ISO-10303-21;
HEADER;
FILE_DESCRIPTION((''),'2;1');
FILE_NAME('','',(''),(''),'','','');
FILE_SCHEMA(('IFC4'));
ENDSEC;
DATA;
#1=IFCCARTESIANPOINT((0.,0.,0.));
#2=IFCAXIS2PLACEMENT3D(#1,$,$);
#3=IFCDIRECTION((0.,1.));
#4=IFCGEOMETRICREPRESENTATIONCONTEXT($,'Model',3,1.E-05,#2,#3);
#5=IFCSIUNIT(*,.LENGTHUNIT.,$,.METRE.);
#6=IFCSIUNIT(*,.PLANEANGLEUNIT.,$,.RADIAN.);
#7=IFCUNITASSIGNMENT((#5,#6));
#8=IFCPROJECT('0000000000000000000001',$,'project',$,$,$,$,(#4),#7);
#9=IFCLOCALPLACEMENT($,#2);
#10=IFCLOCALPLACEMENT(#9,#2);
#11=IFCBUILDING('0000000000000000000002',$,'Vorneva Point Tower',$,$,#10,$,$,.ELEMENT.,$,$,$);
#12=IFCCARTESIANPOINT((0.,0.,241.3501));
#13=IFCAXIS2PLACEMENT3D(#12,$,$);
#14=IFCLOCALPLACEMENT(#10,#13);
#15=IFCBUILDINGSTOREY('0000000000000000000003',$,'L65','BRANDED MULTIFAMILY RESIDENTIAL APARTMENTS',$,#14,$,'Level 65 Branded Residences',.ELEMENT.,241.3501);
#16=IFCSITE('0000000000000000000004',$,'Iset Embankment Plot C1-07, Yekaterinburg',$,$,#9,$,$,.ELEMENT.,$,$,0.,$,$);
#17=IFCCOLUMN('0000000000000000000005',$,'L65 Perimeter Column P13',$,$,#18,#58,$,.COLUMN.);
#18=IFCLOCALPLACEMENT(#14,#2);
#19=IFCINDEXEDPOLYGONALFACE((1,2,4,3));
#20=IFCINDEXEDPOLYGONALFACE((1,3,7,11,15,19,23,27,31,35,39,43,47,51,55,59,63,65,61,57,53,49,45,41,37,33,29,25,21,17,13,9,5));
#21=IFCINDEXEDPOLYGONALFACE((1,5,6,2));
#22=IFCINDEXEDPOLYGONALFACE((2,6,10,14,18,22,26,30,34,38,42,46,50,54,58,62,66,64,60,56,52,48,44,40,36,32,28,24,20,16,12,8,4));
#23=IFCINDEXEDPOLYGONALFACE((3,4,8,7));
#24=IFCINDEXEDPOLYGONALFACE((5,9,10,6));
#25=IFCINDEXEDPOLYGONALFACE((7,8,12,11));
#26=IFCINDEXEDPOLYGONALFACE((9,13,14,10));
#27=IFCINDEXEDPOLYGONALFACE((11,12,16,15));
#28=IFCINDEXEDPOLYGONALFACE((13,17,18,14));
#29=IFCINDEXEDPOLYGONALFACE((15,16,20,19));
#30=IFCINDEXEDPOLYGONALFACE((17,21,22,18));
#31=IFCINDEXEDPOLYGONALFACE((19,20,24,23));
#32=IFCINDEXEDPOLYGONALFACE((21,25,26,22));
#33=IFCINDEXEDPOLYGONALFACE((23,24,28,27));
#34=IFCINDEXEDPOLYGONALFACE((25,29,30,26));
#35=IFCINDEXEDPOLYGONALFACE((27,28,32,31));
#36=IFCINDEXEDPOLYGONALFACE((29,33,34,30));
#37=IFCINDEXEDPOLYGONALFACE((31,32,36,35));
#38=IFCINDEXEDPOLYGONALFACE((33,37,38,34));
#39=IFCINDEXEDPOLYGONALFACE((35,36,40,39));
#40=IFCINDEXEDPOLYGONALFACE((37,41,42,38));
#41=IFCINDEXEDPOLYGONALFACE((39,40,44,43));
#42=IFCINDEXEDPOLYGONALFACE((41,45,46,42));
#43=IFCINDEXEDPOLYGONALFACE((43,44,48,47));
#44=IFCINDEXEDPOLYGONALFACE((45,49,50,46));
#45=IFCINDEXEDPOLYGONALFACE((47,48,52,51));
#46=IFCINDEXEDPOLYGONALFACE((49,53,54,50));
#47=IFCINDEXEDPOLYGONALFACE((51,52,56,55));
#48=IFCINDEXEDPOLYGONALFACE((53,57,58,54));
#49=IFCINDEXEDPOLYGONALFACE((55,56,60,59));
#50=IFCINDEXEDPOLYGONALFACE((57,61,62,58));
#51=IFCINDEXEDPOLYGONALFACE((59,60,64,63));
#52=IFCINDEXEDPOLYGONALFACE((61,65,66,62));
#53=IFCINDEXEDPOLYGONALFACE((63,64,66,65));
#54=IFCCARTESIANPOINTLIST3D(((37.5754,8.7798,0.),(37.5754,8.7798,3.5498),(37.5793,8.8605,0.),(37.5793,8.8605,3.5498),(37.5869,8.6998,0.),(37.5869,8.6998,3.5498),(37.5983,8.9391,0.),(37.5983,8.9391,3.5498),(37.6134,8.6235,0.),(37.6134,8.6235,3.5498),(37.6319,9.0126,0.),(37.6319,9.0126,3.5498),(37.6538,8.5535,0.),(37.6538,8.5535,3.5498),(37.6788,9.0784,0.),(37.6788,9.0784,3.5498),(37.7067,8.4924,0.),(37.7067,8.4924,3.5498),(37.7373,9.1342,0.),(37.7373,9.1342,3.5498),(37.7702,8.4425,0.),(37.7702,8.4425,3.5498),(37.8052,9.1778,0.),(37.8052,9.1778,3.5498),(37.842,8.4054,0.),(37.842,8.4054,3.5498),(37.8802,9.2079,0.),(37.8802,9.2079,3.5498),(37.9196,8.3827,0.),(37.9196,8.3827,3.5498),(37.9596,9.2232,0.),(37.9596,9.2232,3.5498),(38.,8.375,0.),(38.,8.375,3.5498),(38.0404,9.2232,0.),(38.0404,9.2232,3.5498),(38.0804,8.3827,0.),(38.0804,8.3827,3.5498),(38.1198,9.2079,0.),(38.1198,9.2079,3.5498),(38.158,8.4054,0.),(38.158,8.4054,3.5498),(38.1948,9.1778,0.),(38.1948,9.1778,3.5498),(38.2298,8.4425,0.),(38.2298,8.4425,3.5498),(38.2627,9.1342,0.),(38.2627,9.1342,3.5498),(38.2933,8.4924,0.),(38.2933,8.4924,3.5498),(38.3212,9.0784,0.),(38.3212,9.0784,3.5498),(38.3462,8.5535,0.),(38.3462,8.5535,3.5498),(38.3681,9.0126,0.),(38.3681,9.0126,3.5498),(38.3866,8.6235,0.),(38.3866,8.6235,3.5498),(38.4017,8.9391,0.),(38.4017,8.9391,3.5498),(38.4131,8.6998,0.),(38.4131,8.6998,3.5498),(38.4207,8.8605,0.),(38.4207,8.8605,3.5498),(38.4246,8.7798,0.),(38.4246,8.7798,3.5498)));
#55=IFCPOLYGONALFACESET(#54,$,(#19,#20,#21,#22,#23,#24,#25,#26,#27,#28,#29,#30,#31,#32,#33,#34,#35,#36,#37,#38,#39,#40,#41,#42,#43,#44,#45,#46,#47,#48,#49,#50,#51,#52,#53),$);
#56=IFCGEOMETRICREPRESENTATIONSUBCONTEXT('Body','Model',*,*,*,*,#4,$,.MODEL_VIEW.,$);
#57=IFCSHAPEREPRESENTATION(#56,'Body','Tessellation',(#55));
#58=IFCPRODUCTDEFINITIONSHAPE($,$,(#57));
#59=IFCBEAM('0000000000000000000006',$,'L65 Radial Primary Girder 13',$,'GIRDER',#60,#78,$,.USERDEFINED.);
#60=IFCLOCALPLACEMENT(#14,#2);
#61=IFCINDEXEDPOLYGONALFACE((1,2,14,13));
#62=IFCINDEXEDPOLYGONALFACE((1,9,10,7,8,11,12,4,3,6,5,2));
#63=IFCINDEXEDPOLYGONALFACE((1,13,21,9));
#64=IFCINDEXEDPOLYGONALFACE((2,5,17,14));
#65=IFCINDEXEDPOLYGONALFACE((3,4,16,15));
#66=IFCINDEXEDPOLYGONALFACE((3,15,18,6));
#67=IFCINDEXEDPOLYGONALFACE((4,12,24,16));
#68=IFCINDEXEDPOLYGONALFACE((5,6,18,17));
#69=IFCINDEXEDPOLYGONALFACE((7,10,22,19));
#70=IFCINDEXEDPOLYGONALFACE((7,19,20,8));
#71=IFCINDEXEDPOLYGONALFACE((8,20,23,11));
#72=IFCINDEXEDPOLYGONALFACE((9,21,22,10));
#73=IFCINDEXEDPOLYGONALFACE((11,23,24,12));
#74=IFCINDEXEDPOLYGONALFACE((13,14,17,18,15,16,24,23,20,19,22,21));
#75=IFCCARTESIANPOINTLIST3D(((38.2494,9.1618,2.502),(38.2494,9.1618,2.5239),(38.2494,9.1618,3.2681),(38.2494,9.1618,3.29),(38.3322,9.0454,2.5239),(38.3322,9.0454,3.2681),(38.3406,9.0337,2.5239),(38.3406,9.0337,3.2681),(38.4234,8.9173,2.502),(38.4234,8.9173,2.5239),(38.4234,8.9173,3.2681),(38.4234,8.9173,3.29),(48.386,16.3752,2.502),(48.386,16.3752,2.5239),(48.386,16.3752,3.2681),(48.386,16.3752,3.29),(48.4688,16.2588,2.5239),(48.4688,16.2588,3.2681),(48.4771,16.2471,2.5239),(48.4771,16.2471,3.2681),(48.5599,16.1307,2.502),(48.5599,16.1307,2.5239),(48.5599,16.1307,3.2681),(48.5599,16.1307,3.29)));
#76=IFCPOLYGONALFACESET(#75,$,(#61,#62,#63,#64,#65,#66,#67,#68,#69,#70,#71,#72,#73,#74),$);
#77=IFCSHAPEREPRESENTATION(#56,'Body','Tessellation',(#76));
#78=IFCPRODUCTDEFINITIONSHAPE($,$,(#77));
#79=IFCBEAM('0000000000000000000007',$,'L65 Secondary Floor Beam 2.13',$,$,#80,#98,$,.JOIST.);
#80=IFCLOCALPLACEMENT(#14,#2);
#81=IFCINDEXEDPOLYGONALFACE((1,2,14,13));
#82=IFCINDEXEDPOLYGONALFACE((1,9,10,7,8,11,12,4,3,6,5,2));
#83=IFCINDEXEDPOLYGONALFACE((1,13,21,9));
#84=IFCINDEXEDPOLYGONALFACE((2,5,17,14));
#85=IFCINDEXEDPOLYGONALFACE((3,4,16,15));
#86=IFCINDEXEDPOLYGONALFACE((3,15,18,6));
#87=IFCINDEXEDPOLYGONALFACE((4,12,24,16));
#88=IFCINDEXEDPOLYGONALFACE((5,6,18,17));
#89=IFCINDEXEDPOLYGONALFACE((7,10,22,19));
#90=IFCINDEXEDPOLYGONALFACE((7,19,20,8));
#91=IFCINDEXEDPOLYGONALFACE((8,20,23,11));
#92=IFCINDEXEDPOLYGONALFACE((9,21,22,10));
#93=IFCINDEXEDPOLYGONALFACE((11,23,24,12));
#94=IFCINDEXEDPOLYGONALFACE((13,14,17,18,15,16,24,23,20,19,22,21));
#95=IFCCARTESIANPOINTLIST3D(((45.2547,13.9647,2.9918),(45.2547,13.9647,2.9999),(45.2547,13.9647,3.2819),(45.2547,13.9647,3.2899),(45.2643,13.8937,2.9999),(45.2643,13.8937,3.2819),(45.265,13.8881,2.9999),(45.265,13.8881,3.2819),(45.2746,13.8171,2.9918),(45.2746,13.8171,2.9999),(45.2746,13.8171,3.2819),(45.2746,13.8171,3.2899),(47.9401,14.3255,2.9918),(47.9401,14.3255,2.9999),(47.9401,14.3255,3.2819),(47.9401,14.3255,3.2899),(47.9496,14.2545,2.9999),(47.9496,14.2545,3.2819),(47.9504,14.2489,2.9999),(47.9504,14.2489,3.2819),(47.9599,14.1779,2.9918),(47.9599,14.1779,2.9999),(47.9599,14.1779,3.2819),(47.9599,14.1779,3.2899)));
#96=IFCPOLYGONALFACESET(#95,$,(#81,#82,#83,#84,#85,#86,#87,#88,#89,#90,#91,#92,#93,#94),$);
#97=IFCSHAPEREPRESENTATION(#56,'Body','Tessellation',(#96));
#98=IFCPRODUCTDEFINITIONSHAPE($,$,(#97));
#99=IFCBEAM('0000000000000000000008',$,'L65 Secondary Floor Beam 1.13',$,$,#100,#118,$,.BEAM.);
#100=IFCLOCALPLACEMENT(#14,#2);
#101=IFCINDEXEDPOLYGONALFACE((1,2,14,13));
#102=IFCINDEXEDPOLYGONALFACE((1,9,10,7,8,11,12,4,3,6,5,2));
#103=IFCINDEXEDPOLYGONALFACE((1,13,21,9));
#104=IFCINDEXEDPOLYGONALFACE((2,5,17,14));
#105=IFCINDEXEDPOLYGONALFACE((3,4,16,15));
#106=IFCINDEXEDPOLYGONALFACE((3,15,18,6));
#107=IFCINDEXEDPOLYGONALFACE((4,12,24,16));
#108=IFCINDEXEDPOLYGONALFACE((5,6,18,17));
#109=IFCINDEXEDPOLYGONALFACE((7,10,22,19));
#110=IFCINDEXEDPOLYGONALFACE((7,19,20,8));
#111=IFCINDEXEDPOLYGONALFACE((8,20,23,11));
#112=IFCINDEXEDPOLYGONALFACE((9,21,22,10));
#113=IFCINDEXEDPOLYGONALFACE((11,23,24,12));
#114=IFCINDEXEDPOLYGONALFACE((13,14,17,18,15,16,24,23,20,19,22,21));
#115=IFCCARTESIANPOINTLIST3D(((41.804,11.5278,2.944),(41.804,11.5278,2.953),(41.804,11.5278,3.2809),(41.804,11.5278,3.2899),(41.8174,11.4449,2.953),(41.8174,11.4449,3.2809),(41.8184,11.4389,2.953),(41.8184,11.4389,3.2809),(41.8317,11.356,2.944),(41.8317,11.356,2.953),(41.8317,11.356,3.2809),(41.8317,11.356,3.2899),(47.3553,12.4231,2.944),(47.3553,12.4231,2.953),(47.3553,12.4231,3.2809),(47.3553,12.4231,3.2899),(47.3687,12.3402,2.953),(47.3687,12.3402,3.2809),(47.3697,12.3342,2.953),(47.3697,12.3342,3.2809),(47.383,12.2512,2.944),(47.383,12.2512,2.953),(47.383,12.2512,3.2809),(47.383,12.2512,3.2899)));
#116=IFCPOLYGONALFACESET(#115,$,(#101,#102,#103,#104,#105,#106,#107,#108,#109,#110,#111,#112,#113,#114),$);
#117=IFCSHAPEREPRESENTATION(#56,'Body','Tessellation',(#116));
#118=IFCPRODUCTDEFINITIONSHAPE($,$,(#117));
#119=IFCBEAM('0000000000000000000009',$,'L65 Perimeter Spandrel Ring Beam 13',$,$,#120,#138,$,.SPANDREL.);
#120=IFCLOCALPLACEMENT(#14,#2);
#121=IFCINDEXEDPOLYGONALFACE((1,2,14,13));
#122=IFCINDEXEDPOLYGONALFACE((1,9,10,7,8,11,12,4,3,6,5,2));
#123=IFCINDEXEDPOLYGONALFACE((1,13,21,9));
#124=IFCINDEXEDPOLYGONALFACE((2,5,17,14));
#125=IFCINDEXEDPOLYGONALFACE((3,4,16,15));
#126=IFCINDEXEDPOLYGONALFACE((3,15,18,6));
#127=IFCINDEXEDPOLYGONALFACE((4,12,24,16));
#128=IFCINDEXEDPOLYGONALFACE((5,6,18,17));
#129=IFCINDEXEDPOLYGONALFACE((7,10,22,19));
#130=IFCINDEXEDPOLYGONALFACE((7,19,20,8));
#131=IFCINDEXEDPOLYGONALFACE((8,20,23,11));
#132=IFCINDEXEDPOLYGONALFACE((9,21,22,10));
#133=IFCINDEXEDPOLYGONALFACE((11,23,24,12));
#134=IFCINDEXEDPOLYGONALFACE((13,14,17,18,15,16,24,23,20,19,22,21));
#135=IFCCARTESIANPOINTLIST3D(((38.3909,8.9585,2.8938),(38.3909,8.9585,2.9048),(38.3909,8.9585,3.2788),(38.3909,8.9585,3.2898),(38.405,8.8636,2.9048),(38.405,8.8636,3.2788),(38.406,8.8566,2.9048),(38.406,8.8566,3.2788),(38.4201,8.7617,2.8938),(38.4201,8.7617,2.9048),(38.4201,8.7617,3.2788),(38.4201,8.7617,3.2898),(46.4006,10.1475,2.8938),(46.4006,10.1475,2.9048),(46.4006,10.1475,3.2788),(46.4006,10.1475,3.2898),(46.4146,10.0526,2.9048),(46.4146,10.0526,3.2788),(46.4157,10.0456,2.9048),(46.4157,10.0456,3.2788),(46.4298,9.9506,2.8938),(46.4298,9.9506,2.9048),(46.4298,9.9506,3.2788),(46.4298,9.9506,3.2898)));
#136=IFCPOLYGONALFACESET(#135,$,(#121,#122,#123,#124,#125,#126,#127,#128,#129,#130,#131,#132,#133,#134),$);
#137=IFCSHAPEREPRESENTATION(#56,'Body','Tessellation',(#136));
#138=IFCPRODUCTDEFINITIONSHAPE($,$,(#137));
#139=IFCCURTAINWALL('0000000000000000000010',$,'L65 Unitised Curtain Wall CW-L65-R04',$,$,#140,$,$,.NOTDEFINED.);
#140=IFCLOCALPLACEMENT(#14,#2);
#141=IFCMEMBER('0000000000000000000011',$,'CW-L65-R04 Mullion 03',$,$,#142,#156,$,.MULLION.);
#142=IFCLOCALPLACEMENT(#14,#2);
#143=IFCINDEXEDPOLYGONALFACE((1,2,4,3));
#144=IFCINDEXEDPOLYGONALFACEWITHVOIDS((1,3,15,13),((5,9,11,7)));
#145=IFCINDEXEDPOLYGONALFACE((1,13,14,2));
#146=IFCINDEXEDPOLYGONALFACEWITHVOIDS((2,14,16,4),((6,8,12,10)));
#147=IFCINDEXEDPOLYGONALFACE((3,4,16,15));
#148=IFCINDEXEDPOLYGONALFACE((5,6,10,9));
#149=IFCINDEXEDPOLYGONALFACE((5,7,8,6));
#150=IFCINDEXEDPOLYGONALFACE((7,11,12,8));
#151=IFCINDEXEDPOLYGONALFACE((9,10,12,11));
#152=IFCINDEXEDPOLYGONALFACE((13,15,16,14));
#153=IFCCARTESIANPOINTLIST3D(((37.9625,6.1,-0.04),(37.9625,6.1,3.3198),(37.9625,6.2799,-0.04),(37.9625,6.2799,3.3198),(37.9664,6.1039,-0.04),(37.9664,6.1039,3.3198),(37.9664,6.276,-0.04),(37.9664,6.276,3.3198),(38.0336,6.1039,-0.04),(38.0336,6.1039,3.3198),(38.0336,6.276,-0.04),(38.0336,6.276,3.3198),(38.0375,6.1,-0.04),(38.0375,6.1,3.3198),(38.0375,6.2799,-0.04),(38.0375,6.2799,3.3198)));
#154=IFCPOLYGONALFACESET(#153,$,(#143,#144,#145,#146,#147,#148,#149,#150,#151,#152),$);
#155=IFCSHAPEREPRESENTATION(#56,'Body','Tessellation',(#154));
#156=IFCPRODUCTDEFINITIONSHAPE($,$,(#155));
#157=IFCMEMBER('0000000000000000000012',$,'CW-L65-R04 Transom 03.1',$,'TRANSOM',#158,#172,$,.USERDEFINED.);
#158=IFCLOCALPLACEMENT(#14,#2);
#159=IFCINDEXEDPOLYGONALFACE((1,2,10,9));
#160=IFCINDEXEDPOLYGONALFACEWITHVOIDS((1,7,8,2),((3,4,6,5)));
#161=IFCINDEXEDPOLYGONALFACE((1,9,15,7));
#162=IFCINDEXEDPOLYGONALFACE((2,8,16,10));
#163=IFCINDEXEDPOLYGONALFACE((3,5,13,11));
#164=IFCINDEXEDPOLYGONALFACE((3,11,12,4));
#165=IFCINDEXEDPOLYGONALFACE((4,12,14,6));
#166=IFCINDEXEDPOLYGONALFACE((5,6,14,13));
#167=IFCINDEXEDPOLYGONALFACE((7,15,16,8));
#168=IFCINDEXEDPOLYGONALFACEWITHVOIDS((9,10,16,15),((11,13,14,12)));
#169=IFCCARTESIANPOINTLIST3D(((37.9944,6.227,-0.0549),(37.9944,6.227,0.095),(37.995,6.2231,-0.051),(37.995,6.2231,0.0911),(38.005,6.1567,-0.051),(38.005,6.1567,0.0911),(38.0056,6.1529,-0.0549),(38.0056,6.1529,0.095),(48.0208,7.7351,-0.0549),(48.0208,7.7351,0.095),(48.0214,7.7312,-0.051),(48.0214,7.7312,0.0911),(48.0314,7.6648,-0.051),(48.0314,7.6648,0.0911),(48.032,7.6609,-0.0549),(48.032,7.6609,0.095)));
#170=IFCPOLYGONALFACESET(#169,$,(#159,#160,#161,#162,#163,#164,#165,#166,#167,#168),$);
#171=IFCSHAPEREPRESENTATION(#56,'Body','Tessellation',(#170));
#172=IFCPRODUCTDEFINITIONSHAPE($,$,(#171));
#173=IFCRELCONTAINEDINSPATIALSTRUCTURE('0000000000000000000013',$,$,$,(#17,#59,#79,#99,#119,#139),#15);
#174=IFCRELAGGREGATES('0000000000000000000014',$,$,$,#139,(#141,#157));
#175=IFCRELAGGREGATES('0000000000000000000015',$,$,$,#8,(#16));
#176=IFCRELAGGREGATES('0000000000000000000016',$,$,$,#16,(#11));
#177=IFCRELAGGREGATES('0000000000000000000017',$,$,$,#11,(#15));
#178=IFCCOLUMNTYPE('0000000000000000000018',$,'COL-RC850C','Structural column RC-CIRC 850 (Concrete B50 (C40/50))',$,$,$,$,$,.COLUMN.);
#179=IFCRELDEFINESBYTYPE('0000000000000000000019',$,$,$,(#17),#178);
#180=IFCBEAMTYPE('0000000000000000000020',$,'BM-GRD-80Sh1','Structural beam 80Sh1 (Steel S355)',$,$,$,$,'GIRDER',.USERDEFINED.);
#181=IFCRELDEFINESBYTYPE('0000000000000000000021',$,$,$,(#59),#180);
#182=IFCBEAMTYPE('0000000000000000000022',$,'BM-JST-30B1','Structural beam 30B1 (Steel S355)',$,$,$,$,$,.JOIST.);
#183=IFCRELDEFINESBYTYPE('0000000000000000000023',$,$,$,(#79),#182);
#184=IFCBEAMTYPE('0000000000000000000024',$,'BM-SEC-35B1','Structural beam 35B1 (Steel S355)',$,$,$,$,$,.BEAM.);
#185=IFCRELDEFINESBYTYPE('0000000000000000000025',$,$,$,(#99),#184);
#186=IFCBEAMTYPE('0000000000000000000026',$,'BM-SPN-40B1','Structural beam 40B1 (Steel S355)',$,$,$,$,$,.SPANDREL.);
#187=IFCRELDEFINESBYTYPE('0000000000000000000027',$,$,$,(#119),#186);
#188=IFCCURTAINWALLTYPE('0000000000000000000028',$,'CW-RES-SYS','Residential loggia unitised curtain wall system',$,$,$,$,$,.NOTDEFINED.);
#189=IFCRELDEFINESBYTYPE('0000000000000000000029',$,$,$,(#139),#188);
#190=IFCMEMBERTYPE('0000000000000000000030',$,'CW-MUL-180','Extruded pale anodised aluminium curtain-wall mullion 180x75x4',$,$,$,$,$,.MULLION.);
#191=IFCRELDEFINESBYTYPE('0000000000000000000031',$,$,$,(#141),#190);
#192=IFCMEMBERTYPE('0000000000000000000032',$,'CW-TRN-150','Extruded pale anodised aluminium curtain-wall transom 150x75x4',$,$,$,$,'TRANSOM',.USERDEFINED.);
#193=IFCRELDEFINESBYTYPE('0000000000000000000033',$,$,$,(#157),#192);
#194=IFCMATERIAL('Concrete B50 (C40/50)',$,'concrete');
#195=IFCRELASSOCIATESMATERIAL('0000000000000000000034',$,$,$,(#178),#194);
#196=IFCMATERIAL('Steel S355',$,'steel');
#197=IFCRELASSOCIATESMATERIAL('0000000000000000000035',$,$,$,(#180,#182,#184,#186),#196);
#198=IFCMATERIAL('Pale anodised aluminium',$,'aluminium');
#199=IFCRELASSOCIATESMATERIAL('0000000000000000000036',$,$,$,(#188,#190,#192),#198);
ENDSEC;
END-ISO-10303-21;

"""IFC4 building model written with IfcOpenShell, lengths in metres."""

from ifc_helpers import new_model, si_unit, direction, frame, origin, origin_2d, place, context, subcontext, project, spatial, hollow_rectangle, circle, i_section, extrude, material, material_profile, profile_set, type_object, element, aggregate, save


model = new_model("IFC4")

# Units and contexts
model_context = context("Model", 3, precision=1e-05, world=origin(), true_north=direction((0.0, 1.0)))
body_context = subcontext(model_context, "Body", "Model", "MODEL_VIEW")
ifc_project = project(units=[si_unit("LENGTHUNIT", "METRE"), si_unit("PLANEANGLEUNIT", "RADIAN")], contexts=[model_context])

# Site, building, storey
site_placement = place(None, origin())
site = spatial("IfcSite", under=ifc_project, at=site_placement, Name="Iset Embankment Plot C1-07, Yekaterinburg", CompositionType="ELEMENT", RefElevation=0.0)
building_placement = place(site_placement, origin())
building = spatial("IfcBuilding", under=site, at=building_placement, Name="Vorneva Point Tower", CompositionType="ELEMENT")
storey_placement = place(building_placement, frame((0.0, 0.0, 241.3501)))
storey = spatial("IfcBuildingStorey", under=building, at=storey_placement, Name="L65", Description="BRANDED MULTIFAMILY RESIDENTIAL APARTMENTS", LongName="Level 65 Branded Residences", CompositionType="ELEMENT", Elevation=241.3501)

# Column
ifc_material_1 = material(Name="Concrete B50 (C40/50)", Category="concrete")
ifc_material_profile_1 = material_profile(ifc_material_1, circle(Radius=0.425, at=origin_2d()), Name="RC-CIRC 850")
ifc_profile_set_1 = profile_set([ifc_material_profile_1], Name="Concrete B50 (C40/50)")
column_type = type_object("IfcColumnType", Name="COL-RC850C", Description="Structural column RC-CIRC 850 (Concrete B50 (C40/50))", PredefinedType="COLUMN", material=ifc_profile_set_1)
column_placement = place(storey_placement, frame((38.0, 8.8, 0.0), z_axis=(0.0, 0.0, 1.0), x_axis=(0.0, -1.0, 0.0)))
element("IfcColumn", 1, at=column_placement, inside=storey, type_object=column_type, Name="L65 Perimeter Column P13", PredefinedType="COLUMN", context=body_context, shape_type="SweptSolid", body=[
    extrude(circle(Radius=0.425, at=origin_2d()), origin(), (0.0, 0.0, 1.0), 3.5498),
])

# Beams
ifc_material_2 = material(Name="Steel S355", Category="steel")
ifc_material_profile_2 = material_profile(ifc_material_2, i_section(OverallWidth=0.3, OverallDepth=0.7881, WebThickness=0.0144, FlangeThickness=0.022, at=origin_2d()), Name="80Sh1")
ifc_profile_set_2 = profile_set([ifc_material_profile_2], Name="Steel S355")
beam_type_1 = type_object("IfcBeamType", Name="BM-GRD-80Sh1", Description="Structural beam 80Sh1 (Steel S355)", ElementType="GIRDER", PredefinedType="USERDEFINED", material=ifc_profile_set_2)
beam_1_placement = place(storey_placement, frame((38.3364, 9.0396, 2.896), z_axis=(0.814757, 0.579802, 0.0), x_axis=(-0.579802, 0.814757, 0.0)))
element("IfcBeam", 2, at=beam_1_placement, inside=storey, type_object=beam_type_1, Name="L65 Radial Primary Girder 13", ObjectType="GIRDER", PredefinedType="USERDEFINED", context=body_context, shape_type="SweptSolid", body=[
    extrude(i_section(OverallWidth=0.3, OverallDepth=0.7881, WebThickness=0.0144, FlangeThickness=0.022, at=origin_2d()), origin(), (0.0, 0.0, 1.0), 12.4412),
])
ifc_material_profile_3 = material_profile(ifc_material_2, i_section(OverallWidth=0.1489, OverallDepth=0.2981, WebThickness=0.0056, FlangeThickness=0.0081, at=origin_2d()), Name="30B1")
ifc_profile_set_3 = profile_set([ifc_material_profile_3], Name="Steel S355")
beam_type_2 = type_object("IfcBeamType", Name="BM-JST-30B1", Description="Structural beam 30B1 (Steel S355)", PredefinedType="JOIST", material=ifc_profile_set_3)
beam_2_placement = place(storey_placement, frame((45.2646, 13.8909, 3.1409), z_axis=(0.991092, 0.133179, 0.0), x_axis=(-0.133179, 0.991092, 0.0)))
element("IfcBeam", 3, at=beam_2_placement, inside=storey, type_object=beam_type_2, Name="L65 Secondary Floor Beam 2.13", PredefinedType="JOIST", context=body_context, shape_type="SweptSolid", body=[
    extrude(i_section(OverallWidth=0.1489, OverallDepth=0.2981, WebThickness=0.0056, FlangeThickness=0.0081, at=origin_2d()), origin(), (0.0, 0.0, 1.0), 2.7095),
])
ifc_material_profile_4 = material_profile(ifc_material_2, i_section(OverallWidth=0.1741, OverallDepth=0.3459, WebThickness=0.0061, FlangeThickness=0.009, at=origin_2d()), Name="35B1")
ifc_profile_set_4 = profile_set([ifc_material_profile_4], Name="Steel S355")
beam_type_3 = type_object("IfcBeamType", Name="BM-SEC-35B1", Description="Structural beam 35B1 (Steel S355)", PredefinedType="BEAM", material=ifc_profile_set_4)
beam_3_placement = place(storey_placement, frame((41.8179, 11.4419, 3.1169), z_axis=(0.987244, 0.159215, 0.0), x_axis=(-0.159215, 0.987244, 0.0)))
element("IfcBeam", 4, at=beam_3_placement, inside=storey, type_object=beam_type_3, Name="L65 Secondary Floor Beam 1.13", PredefinedType="BEAM", context=body_context, shape_type="SweptSolid", body=[
    extrude(i_section(OverallWidth=0.1741, OverallDepth=0.3459, WebThickness=0.0061, FlangeThickness=0.009, at=origin_2d()), origin(), (0.0, 0.0, 1.0), 5.623),
])
ifc_material_profile_5 = material_profile(ifc_material_2, i_section(OverallWidth=0.199, OverallDepth=0.396, WebThickness=0.0071, FlangeThickness=0.011, at=origin_2d()), Name="40B1")
ifc_profile_set_5 = profile_set([ifc_material_profile_5], Name="Steel S355")
beam_type_4 = type_object("IfcBeamType", Name="BM-SPN-40B1", Description="Structural beam 40B1 (Steel S355)", PredefinedType="SPANDREL", material=ifc_profile_set_5)
beam_4_placement = place(storey_placement, frame((38.4055, 8.8601, 3.0918), z_axis=(0.989162, 0.146831, 0.0), x_axis=(-0.146831, 0.989162, 0.0)))
element("IfcBeam", 5, at=beam_4_placement, inside=storey, type_object=beam_type_4, Name="L65 Perimeter Spandrel Ring Beam 13", PredefinedType="SPANDREL", context=body_context, shape_type="SweptSolid", body=[
    extrude(i_section(OverallWidth=0.199, OverallDepth=0.396, WebThickness=0.0071, FlangeThickness=0.011, at=origin_2d()), origin(), (0.0, 0.0, 1.0), 8.0974),
])

# Curtain wall, members
ifc_material_3 = material(Name="Pale anodised aluminium", Category="aluminium")
curtain_wall_type = type_object("IfcCurtainWallType", Name="CW-RES-SYS", Description="Residential loggia unitised curtain wall system", PredefinedType="NOTDEFINED", material=ifc_material_3)
curtain_wall_placement = place(storey_placement, origin())
curtain_wall = element("IfcCurtainWall", 6, at=curtain_wall_placement, inside=storey, type_object=curtain_wall_type, Name="L65 Unitised Curtain Wall CW-L65-R04", PredefinedType="NOTDEFINED")
ifc_material_profile_6 = material_profile(ifc_material_3, hollow_rectangle(XDim=0.075, YDim=0.1799, WallThickness=0.0039, at=origin_2d()), Name="AL-MUL 180x75x4")
ifc_profile_set_6 = profile_set([ifc_material_profile_6], Name="Pale anodised aluminium")
member_type_1 = type_object("IfcMemberType", Name="CW-MUL-180", Description="Extruded pale anodised aluminium curtain-wall mullion 180x75x4", PredefinedType="MULLION", material=ifc_profile_set_6)
member_1_placement = place(storey_placement, frame((38.0, 6.1899, -0.04), z_axis=(0.0, 0.0, 1.0), x_axis=(1.0, 0.0, 0.0)))
member_1 = element("IfcMember", 7, at=member_1_placement, type_object=member_type_1, Name="CW-L65-R04 Mullion 03", PredefinedType="MULLION", context=body_context, shape_type="SweptSolid", body=[
    extrude(hollow_rectangle(XDim=0.075, YDim=0.1799, WallThickness=0.0039, at=origin_2d()), origin(), (0.0, 0.0, 1.0), 3.3599),
])
ifc_material_profile_7 = material_profile(ifc_material_3, hollow_rectangle(XDim=0.075, YDim=0.1499, WallThickness=0.0039, at=origin_2d()), Name="AL-TRN 150x75x4")
ifc_profile_set_7 = profile_set([ifc_material_profile_7], Name="Pale anodised aluminium")
member_type_2 = type_object("IfcMemberType", Name="CW-TRN-150", Description="Extruded pale anodised aluminium curtain-wall transom 150x75x4", ElementType="TRANSOM", PredefinedType="USERDEFINED", material=ifc_profile_set_7)
member_2_placement = place(storey_placement, frame((38.0, 6.1899, 0.02), z_axis=(0.988877, 0.148736, 0.0), x_axis=(-0.148736, 0.988877, 0.0)))
member_2 = element("IfcMember", 8, at=member_2_placement, type_object=member_type_2, Name="CW-L65-R04 Transom 03.1", ObjectType="TRANSOM", PredefinedType="USERDEFINED", context=body_context, shape_type="SweptSolid", body=[
    extrude(hollow_rectangle(XDim=0.075, YDim=0.1499, WallThickness=0.0039, at=origin_2d()), origin(), (0.0, 0.0, 1.0), 10.1392),
])
aggregate(curtain_wall, [member_1, member_2])

save(model, "model.ifc")
